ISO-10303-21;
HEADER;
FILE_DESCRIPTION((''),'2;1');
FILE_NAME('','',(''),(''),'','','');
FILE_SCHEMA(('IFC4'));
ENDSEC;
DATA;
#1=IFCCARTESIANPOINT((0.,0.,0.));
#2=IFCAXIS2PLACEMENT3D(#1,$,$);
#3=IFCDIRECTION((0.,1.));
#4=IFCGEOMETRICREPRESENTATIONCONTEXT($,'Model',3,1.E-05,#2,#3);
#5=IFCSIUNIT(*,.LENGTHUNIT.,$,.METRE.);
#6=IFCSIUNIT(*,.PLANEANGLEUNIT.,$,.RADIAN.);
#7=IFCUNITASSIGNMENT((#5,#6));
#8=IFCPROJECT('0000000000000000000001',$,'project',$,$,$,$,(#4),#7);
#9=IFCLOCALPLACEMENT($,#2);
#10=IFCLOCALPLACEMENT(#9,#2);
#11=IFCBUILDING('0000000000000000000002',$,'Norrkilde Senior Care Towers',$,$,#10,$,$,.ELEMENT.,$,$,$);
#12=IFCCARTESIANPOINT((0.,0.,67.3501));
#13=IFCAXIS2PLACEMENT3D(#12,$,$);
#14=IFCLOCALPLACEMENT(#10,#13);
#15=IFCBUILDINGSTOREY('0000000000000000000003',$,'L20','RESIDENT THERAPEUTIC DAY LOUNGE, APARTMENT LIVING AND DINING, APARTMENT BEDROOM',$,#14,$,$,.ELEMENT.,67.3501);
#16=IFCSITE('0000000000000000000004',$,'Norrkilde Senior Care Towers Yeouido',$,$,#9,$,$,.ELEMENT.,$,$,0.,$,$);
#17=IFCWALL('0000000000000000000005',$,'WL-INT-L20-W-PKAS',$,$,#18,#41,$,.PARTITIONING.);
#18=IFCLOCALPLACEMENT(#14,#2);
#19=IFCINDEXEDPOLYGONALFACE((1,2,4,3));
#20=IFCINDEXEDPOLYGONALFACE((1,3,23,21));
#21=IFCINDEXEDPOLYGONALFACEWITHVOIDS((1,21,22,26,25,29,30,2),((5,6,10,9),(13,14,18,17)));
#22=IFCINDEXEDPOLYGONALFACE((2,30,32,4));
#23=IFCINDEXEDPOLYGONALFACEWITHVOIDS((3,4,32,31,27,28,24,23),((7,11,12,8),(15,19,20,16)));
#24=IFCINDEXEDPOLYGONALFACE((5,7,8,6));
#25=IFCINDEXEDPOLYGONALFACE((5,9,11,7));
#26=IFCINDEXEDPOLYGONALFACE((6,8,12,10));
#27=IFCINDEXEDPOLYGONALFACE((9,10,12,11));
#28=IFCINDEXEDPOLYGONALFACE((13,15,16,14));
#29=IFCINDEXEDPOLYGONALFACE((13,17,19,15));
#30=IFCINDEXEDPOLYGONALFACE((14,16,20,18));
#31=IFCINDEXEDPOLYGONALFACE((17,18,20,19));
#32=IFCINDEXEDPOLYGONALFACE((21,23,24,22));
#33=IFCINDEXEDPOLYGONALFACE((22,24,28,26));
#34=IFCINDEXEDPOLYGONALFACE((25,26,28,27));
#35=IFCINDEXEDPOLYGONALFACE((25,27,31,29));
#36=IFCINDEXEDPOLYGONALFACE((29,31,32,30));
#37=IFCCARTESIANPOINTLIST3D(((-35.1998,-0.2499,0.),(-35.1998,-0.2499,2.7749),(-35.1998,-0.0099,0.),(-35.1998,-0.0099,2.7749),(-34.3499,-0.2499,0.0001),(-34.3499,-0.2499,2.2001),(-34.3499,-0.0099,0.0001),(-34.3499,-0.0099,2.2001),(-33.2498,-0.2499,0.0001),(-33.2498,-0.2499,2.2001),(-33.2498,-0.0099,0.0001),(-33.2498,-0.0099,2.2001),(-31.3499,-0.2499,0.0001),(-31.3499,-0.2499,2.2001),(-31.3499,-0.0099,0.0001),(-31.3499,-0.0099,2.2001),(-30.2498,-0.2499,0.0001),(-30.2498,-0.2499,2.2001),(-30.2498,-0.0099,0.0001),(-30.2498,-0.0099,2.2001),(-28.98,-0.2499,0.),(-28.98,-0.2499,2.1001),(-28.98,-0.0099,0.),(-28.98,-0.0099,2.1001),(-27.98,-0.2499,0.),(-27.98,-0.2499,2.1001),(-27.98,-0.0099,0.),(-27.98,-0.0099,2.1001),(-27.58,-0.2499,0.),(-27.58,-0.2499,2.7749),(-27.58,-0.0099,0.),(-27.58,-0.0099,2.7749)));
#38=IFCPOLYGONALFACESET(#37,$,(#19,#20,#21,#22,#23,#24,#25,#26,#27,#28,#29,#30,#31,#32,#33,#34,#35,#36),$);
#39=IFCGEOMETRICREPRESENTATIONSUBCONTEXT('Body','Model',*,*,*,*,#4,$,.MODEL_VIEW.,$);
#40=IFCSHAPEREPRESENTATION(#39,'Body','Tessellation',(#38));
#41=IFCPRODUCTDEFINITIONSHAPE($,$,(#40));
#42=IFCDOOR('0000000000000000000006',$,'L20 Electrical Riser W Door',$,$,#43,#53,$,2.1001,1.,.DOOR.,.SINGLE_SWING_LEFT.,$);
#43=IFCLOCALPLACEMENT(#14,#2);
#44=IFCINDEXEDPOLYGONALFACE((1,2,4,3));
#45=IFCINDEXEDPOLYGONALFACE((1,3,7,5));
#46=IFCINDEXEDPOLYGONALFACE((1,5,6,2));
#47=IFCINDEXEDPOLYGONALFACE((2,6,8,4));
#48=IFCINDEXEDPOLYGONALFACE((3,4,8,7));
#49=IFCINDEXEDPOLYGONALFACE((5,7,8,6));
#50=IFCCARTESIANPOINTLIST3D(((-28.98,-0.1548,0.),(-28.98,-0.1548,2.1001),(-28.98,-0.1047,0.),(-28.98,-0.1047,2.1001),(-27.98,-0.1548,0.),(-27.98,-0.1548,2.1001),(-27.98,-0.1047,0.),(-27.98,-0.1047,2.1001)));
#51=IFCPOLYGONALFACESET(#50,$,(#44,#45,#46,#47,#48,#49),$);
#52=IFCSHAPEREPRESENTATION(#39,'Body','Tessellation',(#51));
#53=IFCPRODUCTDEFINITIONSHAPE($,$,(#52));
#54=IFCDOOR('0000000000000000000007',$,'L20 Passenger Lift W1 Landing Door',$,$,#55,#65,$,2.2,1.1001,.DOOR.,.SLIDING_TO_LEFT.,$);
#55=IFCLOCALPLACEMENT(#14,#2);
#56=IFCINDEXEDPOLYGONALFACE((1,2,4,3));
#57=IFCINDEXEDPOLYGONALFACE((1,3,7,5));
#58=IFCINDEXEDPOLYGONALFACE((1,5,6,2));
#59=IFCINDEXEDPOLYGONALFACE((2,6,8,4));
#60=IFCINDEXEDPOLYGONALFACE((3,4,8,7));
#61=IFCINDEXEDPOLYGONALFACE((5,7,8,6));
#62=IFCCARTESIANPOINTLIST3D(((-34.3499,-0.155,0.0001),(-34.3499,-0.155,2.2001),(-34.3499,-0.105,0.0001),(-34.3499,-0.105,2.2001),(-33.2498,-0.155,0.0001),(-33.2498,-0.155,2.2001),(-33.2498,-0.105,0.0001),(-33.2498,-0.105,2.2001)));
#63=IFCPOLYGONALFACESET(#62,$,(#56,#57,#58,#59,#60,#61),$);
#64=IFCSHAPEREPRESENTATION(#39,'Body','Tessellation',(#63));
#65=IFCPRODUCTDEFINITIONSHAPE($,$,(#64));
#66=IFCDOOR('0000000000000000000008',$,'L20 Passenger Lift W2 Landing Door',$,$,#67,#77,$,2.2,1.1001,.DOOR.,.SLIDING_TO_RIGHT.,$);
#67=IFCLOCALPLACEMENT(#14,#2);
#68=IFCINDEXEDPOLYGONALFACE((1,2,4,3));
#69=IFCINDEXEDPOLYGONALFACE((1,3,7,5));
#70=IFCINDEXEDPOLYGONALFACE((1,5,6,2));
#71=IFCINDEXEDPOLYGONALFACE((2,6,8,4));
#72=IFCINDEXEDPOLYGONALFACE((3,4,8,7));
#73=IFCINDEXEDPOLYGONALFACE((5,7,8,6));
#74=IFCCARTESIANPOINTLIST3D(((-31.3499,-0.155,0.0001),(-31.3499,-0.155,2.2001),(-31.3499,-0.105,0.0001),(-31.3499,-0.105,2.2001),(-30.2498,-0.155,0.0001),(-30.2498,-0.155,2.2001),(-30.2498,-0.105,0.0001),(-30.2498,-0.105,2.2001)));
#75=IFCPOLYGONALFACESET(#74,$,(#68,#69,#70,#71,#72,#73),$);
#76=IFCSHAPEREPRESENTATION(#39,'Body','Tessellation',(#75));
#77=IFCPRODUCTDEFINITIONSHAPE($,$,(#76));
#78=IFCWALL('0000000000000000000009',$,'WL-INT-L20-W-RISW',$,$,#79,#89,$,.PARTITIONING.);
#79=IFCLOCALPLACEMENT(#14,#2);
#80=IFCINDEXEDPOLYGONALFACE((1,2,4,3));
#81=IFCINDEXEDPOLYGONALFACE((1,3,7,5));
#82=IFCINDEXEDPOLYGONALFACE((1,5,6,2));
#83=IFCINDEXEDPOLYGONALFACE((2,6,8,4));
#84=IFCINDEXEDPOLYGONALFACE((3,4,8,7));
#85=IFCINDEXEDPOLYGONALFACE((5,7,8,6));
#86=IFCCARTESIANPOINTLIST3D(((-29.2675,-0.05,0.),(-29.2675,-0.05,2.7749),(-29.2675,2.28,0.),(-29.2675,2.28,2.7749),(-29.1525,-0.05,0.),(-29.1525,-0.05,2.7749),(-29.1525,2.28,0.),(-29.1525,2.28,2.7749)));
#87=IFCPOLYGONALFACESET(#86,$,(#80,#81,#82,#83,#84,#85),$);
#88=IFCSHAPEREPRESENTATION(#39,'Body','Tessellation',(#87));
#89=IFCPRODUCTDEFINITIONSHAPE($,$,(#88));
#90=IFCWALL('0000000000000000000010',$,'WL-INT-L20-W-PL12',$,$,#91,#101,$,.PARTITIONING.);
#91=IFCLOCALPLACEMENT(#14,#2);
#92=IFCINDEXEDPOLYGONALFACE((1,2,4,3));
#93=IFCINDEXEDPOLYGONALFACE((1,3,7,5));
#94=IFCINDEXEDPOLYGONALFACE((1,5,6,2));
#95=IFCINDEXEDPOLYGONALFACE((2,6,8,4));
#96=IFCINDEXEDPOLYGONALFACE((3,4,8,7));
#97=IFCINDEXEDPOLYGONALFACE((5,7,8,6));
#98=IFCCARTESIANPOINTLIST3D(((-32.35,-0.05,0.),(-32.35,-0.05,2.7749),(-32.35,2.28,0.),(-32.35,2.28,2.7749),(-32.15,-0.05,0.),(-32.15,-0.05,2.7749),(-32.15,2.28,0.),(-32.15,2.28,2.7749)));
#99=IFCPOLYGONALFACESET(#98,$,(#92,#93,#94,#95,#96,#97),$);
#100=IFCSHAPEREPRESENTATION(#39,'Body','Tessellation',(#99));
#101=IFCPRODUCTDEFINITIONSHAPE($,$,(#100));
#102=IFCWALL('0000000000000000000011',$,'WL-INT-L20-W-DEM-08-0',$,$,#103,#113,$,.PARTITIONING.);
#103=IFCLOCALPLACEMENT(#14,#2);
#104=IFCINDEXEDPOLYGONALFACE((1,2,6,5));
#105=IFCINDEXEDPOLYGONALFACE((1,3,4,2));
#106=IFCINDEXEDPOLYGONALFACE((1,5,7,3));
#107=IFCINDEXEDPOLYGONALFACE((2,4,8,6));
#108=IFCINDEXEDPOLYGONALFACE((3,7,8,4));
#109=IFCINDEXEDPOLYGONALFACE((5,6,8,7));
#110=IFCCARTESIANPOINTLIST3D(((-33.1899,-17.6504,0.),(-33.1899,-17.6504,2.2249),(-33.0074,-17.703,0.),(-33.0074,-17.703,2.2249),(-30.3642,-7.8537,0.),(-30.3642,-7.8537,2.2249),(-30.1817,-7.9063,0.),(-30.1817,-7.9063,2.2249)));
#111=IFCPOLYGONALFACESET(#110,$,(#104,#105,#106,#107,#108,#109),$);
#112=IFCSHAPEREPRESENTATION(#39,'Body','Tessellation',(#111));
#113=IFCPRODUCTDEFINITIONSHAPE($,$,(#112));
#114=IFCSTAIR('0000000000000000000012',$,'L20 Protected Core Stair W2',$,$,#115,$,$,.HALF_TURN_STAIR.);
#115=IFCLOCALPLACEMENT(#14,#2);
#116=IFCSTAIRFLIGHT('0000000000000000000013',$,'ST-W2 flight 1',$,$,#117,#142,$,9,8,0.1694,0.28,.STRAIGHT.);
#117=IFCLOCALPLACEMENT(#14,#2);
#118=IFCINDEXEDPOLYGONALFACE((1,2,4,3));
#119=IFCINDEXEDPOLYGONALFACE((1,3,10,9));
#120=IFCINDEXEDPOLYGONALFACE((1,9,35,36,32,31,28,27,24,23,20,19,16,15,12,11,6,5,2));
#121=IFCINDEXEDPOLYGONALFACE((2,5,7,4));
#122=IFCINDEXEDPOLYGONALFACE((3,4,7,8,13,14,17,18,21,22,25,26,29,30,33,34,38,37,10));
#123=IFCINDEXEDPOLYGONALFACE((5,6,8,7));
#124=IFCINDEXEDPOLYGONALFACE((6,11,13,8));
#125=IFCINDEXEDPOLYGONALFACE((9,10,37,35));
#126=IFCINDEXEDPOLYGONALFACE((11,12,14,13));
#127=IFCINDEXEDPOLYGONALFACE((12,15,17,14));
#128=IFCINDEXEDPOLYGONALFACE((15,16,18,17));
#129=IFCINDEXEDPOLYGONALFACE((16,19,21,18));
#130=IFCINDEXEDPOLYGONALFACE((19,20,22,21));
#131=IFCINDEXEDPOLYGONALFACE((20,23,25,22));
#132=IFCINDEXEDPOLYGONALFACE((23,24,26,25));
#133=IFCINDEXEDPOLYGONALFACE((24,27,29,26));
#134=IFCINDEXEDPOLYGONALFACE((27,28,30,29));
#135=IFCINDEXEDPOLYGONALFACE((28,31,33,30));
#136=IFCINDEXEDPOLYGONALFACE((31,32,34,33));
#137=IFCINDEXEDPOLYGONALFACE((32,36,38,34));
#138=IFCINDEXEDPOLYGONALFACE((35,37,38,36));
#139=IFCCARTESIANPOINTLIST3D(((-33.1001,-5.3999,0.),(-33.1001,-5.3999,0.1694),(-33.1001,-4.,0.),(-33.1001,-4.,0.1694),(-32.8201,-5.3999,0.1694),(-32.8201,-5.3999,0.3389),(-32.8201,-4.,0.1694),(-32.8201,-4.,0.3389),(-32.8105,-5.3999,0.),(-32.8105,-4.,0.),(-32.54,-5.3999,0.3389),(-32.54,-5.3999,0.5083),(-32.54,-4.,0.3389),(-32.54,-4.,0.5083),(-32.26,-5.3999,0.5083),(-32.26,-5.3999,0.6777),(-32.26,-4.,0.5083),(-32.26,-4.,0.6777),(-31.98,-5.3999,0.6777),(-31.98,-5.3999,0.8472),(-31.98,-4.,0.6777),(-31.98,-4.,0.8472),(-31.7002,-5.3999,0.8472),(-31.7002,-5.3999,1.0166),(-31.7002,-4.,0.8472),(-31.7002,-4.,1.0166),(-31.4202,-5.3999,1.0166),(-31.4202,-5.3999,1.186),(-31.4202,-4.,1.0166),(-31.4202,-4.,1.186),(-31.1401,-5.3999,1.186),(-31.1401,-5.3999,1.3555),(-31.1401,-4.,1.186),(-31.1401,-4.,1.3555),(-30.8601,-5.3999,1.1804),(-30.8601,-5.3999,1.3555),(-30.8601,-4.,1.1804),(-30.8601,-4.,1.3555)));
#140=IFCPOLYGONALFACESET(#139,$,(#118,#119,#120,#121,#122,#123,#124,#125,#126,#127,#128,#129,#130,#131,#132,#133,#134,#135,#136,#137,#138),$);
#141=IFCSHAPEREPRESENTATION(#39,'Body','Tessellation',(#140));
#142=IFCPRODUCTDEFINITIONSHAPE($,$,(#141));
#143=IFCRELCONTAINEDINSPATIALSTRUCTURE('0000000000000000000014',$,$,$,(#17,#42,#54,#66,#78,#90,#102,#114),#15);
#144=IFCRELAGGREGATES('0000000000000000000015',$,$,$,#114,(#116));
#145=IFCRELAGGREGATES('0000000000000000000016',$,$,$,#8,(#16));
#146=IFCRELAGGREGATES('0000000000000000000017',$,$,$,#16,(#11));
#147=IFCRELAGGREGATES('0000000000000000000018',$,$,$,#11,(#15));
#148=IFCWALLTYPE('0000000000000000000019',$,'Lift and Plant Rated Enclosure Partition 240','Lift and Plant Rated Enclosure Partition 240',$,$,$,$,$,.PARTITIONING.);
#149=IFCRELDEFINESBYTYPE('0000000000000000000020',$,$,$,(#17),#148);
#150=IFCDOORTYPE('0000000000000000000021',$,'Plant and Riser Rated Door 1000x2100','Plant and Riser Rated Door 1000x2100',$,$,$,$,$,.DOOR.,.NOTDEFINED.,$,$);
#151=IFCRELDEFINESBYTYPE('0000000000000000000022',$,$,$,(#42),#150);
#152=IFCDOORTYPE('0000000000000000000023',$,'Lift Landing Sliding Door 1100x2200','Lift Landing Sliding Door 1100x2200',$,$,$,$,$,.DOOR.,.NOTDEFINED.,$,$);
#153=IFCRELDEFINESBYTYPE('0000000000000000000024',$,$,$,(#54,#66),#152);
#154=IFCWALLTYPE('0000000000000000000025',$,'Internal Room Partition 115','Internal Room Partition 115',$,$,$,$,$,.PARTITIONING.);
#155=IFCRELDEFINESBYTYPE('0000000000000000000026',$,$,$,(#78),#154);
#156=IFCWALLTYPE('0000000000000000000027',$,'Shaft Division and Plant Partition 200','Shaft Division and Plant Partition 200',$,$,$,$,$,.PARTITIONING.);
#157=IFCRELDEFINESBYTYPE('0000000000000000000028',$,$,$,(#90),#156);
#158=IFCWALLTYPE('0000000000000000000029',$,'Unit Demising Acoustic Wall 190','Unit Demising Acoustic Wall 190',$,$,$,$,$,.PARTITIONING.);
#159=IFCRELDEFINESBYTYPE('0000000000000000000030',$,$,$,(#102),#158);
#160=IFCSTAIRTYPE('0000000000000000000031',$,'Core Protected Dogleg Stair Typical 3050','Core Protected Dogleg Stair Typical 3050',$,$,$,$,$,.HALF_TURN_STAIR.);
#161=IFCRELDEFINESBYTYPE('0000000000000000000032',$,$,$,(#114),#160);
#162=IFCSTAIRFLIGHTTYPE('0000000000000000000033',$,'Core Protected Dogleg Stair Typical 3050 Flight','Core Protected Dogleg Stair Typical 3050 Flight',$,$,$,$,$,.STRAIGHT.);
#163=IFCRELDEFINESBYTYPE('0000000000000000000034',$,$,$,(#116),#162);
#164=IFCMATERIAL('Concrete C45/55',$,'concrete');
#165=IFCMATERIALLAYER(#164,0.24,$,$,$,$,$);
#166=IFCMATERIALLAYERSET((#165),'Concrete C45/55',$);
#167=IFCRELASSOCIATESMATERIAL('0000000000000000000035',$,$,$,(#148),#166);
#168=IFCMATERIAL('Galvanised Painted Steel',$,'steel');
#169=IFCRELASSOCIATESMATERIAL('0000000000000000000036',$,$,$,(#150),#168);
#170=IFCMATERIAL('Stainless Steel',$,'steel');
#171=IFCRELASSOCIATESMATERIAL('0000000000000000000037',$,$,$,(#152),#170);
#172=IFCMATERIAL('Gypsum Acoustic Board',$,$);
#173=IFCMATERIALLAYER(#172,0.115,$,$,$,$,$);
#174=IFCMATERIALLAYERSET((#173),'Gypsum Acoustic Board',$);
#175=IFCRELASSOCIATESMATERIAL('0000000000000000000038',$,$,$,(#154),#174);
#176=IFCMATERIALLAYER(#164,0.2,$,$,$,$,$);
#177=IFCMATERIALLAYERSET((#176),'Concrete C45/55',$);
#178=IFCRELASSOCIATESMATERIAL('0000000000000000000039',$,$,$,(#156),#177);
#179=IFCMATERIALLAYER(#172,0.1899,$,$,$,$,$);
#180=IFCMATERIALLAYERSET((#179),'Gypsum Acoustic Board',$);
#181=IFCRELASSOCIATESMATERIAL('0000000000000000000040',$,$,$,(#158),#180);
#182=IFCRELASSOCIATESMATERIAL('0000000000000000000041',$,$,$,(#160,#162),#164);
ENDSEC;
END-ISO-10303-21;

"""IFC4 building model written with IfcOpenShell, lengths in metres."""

from ifc_helpers import new_model, si_unit, direction, frame, frame_2d, origin, place, context, subcontext, project, spatial, polyline, rectangle, outline, extrude, source, transform, mapped, material, layer, layer_set, type_object, type_shapes, element, fill, aggregate, save


model = new_model("IFC4")

# Units and contexts
model_context = context("Model", 3, precision=1e-05, world=origin(), true_north=direction((0.0, 1.0)))
body_context = subcontext(model_context, "Body", "Model", "MODEL_VIEW")
ifc_project = project(units=[si_unit("LENGTHUNIT", "METRE"), si_unit("PLANEANGLEUNIT", "RADIAN")], contexts=[model_context])

# Site, building, storey
site_placement = place(None, origin())
site = spatial("IfcSite", under=ifc_project, at=site_placement, Name="Norrkilde Senior Care Towers Yeouido", CompositionType="ELEMENT", RefElevation=0.0)
building_placement = place(site_placement, origin())
building = spatial("IfcBuilding", under=site, at=building_placement, Name="Norrkilde Senior Care Towers", CompositionType="ELEMENT")
storey_placement = place(building_placement, frame((0.0, 0.0, 67.3501)))
storey = spatial("IfcBuildingStorey", under=building, at=storey_placement, Name="L20", Description="RESIDENT THERAPEUTIC DAY LOUNGE, APARTMENT LIVING AND DINING, APARTMENT BEDROOM", CompositionType="ELEMENT", Elevation=67.3501)

# Shared definitions
ifc_material_1 = material(Name="Concrete C45/55", Category="concrete")
ifc_material_2 = material(Name="Galvanised Painted Steel", Category="steel")

# Wall, openings, doors
ifc_layer_1 = layer(ifc_material_1, 0.24)
ifc_layer_set_1 = layer_set([ifc_layer_1], Name="Concrete C45/55")
wall_type_1 = type_object("IfcWallType", Name="Lift and Plant Rated Enclosure Partition 240", Description="Lift and Plant Rated Enclosure Partition 240", PredefinedType="PARTITIONING", material=ifc_layer_set_1)
shared_shape_1 = source(origin(), body_context, "Body", "SweptSolid", [
    extrude(rectangle(XDim=7.6199, YDim=0.24, at=frame_2d((3.8101, 0.0))), origin(), (0.0, 0.0, 1.0), 2.7749),
])
type_shapes(wall_type_1, [shared_shape_1])
wall_1_placement = place(storey_placement, frame((-35.2, -0.1299, 0.0), z_axis=(0.0, 0.0, 1.0), x_axis=(1.0, 0.0, 0.0)))
wall_1 = element("IfcWall", 1, at=wall_1_placement, inside=storey, type_object=wall_type_1, Name="WL-INT-L20-W-PKAS", PredefinedType="PARTITIONING", context=body_context, shape_type="MappedRepresentation", body=[
    mapped(shared_shape_1, transform((0.0, 0.0, 0.0), x_axis=(1.0, 0.0, 0.0), y_axis=(0.0, 1.0, 0.0), z_axis=(0.0, 0.0, 1.0), scale=1.0)),
])
opening_1_placement = place(wall_1_placement, frame((6.22, 0.0, 0.0)))
opening_1 = element("IfcOpeningElement", 2, at=opening_1_placement, cuts=wall_1, PredefinedType="OPENING", context=body_context, shape_type="SweptSolid", body=[
    extrude(rectangle(XDim=1.0, YDim=2.1001, at=frame_2d((0.5, 1.05))), frame((0.0, 0.1299, 0.0), z_axis=(0.0, -1.0, 0.0), x_axis=(1.0, 0.0, 0.0)), (0.0, 0.0, 1.0), 0.26),
])
opening_2_placement = place(wall_1_placement, frame((0.8501, 0.0, 0.0)))
opening_2 = element("IfcOpeningElement", 3, at=opening_2_placement, cuts=wall_1, PredefinedType="OPENING", context=body_context, shape_type="SweptSolid", body=[
    extrude(rectangle(XDim=1.1001, YDim=2.2, at=frame_2d((0.55, 1.1001))), frame((0.0, 0.1299, 0.0), z_axis=(0.0, -1.0, 0.0), x_axis=(1.0, 0.0, 0.0)), (0.0, 0.0, 1.0), 0.26),
])
opening_3_placement = place(wall_1_placement, frame((3.8501, 0.0, 0.0)))
opening_3 = element("IfcOpeningElement", 4, at=opening_3_placement, cuts=wall_1, PredefinedType="OPENING", context=body_context, shape_type="SweptSolid", body=[
    extrude(rectangle(XDim=1.1001, YDim=2.2, at=frame_2d((0.55, 1.1001))), frame((0.0, 0.1299, 0.0), z_axis=(0.0, -1.0, 0.0), x_axis=(1.0, 0.0, 0.0)), (0.0, 0.0, 1.0), 0.26),
])
door_type_1 = type_object("IfcDoorType", Name="Plant and Riser Rated Door 1000x2100", Description="Plant and Riser Rated Door 1000x2100", OperationType="NOTDEFINED", PredefinedType="DOOR", material=ifc_material_2)
shared_shape_2 = source(origin(), body_context, "Body", "SweptSolid", [
    extrude(rectangle(XDim=1.0, YDim=2.1001, at=frame_2d((0.5, 1.05))), frame((0.0, 0.0249, 0.0), z_axis=(0.0, -1.0, 0.0), x_axis=(1.0, 0.0, 0.0)), (0.0, 0.0, 1.0), 0.05),
])
type_shapes(door_type_1, [shared_shape_2])
door_1_placement = place(opening_1_placement, frame((1.0, 0.0, 0.0), z_axis=(0.0, 0.0, 1.0), x_axis=(-1.0, 0.0, 0.0)))
door_1 = element("IfcDoor", 5, at=door_1_placement, inside=storey, type_object=door_type_1, Name="L20 Electrical Riser W Door", OperationType="SINGLE_SWING_LEFT", OverallHeight=2.1001, OverallWidth=1.0, PredefinedType="DOOR", context=body_context, shape_type="MappedRepresentation", body=[
    mapped(shared_shape_2, transform((0.0, 0.0, 0.0), x_axis=(1.0, 0.0, 0.0), y_axis=(0.0, 1.0, 0.0), z_axis=(0.0, 0.0, 1.0), scale=1.0)),
])
fill(opening_1, door_1)
ifc_material_3 = material(Name="Stainless Steel", Category="steel")
door_type_2 = type_object("IfcDoorType", Name="Lift Landing Sliding Door 1100x2200", Description="Lift Landing Sliding Door 1100x2200", OperationType="NOTDEFINED", PredefinedType="DOOR", material=ifc_material_3)
shared_shape_3 = source(origin(), body_context, "Body", "SweptSolid", [
    extrude(rectangle(XDim=1.1001, YDim=2.2, at=frame_2d((0.55, 1.1001))), frame((0.0, 0.0249, 0.0), z_axis=(0.0, -1.0, 0.0), x_axis=(1.0, 0.0, 0.0)), (0.0, 0.0, 1.0), 0.05),
])
type_shapes(door_type_2, [shared_shape_3])
door_2_placement = place(opening_2_placement, origin())
door_2 = element("IfcDoor", 6, at=door_2_placement, inside=storey, type_object=door_type_2, Name="L20 Passenger Lift W1 Landing Door", OperationType="SLIDING_TO_LEFT", OverallHeight=2.2, OverallWidth=1.1001, PredefinedType="DOOR", context=body_context, shape_type="MappedRepresentation", body=[
    mapped(shared_shape_3, transform((0.0, 0.0, 0.0), x_axis=(1.0, 0.0, 0.0), y_axis=(0.0, 1.0, 0.0), z_axis=(0.0, 0.0, 1.0), scale=1.0)),
])
fill(opening_2, door_2)
door_3_placement = place(opening_3_placement, origin())
door_3 = element("IfcDoor", 7, at=door_3_placement, inside=storey, type_object=door_type_2, Name="L20 Passenger Lift W2 Landing Door", OperationType="SLIDING_TO_RIGHT", OverallHeight=2.2, OverallWidth=1.1001, PredefinedType="DOOR", context=body_context, shape_type="MappedRepresentation", body=[
    mapped(shared_shape_3, transform((0.0, 0.0, 0.0), x_axis=(1.0, 0.0, 0.0), y_axis=(0.0, 1.0, 0.0), z_axis=(0.0, 0.0, 1.0), scale=1.0)),
])
fill(opening_3, door_3)

# Walls
ifc_material_4 = material(Name="Gypsum Acoustic Board")
ifc_layer_2 = layer(ifc_material_4, 0.115)
ifc_layer_set_2 = layer_set([ifc_layer_2], Name="Gypsum Acoustic Board")
wall_type_2 = type_object("IfcWallType", Name="Internal Room Partition 115", Description="Internal Room Partition 115", PredefinedType="PARTITIONING", material=ifc_layer_set_2)
shared_shape_4 = source(origin(), body_context, "Body", "SweptSolid", [
    extrude(rectangle(XDim=2.3301, YDim=0.115, at=frame_2d((1.165, 0.0))), origin(), (0.0, 0.0, 1.0), 2.7749),
])
type_shapes(wall_type_2, [shared_shape_4])
wall_2_placement = place(storey_placement, frame((-29.21, -0.05, 0.0), z_axis=(0.0, 0.0, 1.0), x_axis=(0.0, 1.0, 0.0)))
element("IfcWall", 8, at=wall_2_placement, inside=storey, type_object=wall_type_2, Name="WL-INT-L20-W-RISW", PredefinedType="PARTITIONING", context=body_context, shape_type="MappedRepresentation", body=[
    mapped(shared_shape_4, transform((0.0, 0.0, 0.0), x_axis=(1.0, 0.0, 0.0), y_axis=(0.0, 1.0, 0.0), z_axis=(0.0, 0.0, 1.0), scale=1.0)),
])
ifc_layer_3 = layer(ifc_material_1, 0.2)
ifc_layer_set_3 = layer_set([ifc_layer_3], Name="Concrete C45/55")
wall_type_3 = type_object("IfcWallType", Name="Shaft Division and Plant Partition 200", Description="Shaft Division and Plant Partition 200", PredefinedType="PARTITIONING", material=ifc_layer_set_3)
shared_shape_5 = source(origin(), body_context, "Body", "SweptSolid", [
    extrude(rectangle(XDim=2.3301, YDim=0.2, at=frame_2d((1.165, 0.0))), origin(), (0.0, 0.0, 1.0), 2.7749),
])
type_shapes(wall_type_3, [shared_shape_5])
wall_3_placement = place(storey_placement, frame((-32.25, -0.05, 0.0), z_axis=(0.0, 0.0, 1.0), x_axis=(0.0, 1.0, 0.0)))
element("IfcWall", 9, at=wall_3_placement, inside=storey, type_object=wall_type_3, Name="WL-INT-L20-W-PL12", PredefinedType="PARTITIONING", context=body_context, shape_type="MappedRepresentation", body=[
    mapped(shared_shape_5, transform((0.0, 0.0, 0.0), x_axis=(1.0, 0.0, 0.0), y_axis=(0.0, 1.0, 0.0), z_axis=(0.0, 0.0, 1.0), scale=1.0)),
])
ifc_layer_4 = layer(ifc_material_4, 0.1899)
ifc_layer_set_4 = layer_set([ifc_layer_4], Name="Gypsum Acoustic Board")
wall_type_4 = type_object("IfcWallType", Name="Unit Demising Acoustic Wall 190", Description="Unit Demising Acoustic Wall 190", PredefinedType="PARTITIONING", material=ifc_layer_set_4)
shared_shape_6 = source(origin(), body_context, "Body", "SweptSolid", [
    extrude(rectangle(XDim=10.196, YDim=0.1899, at=frame_2d((5.0981, 0.0))), origin(), (0.0, 0.0, 1.0), 2.2249),
])
type_shapes(wall_type_4, [shared_shape_6])
wall_4_placement = place(storey_placement, frame((-30.2729, -7.8799, 0.0), z_axis=(0.0, 0.0, 1.0), x_axis=(-0.277136, -0.960831, 0.0)))
element("IfcWall", 10, at=wall_4_placement, inside=storey, type_object=wall_type_4, Name="WL-INT-L20-W-DEM-08-0", PredefinedType="PARTITIONING", context=body_context, shape_type="MappedRepresentation", body=[
    mapped(shared_shape_6, transform((0.0, 0.0, 0.0), x_axis=(1.0, 0.0, 0.0), y_axis=(0.0, 1.0, 0.0), z_axis=(0.0, 0.0, 1.0), scale=1.0)),
])

# Stair, stair flight
stair_type = type_object("IfcStairType", Name="Core Protected Dogleg Stair Typical 3050", Description="Core Protected Dogleg Stair Typical 3050", PredefinedType="HALF_TURN_STAIR", material=ifc_material_1)
stair_placement = place(storey_placement, origin())
stair = element("IfcStair", 11, at=stair_placement, inside=storey, type_object=stair_type, Name="L20 Protected Core Stair W2", PredefinedType="HALF_TURN_STAIR")
stair_flight_type = type_object("IfcStairFlightType", Name="Core Protected Dogleg Stair Typical 3050 Flight", Description="Core Protected Dogleg Stair Typical 3050 Flight", PredefinedType="STRAIGHT", material=ifc_material_1)
stair_flight_1_placement = place(storey_placement, frame((-33.1001, -4.7, 0.0), z_axis=(0.0, 0.0, 1.0), x_axis=(1.0, 0.0, 0.0)))
stair_flight_1 = element("IfcStairFlight", 12, at=stair_flight_1_placement, type_object=stair_flight_type, Name="ST-W2 flight 1", NumberOfRisers=9, NumberOfTreads=8, PredefinedType="STRAIGHT", RiserHeight=0.1694, TreadLength=0.28, context=body_context, shape_type="SweptSolid", body=[
    extrude(outline(polyline([(0.0, 0.0), (0.0, 0.1694), (0.28, 0.1694), (0.28, 0.3389), (0.5601, 0.3389), (0.5601, 0.5083), (0.8401, 0.5083), (0.8401, 0.6777), (1.1201, 0.6777), (1.1201, 0.8472), (1.3999, 0.8472), (1.3999, 1.0166), (1.6799, 1.0166), (1.6799, 1.186), (1.96, 1.186), (1.96, 1.3555), (2.24, 1.3555), (2.24, 1.5249), (2.24, 1.1804), (0.2896, 0.0), (0.0, 0.0)])), frame((0.0, 0.7, 0.0), z_axis=(0.0, -1.0, 0.0), x_axis=(1.0, 0.0, 0.0)), (0.0, 0.0, 1.0), 1.3999),
])
aggregate(stair, [stair_flight_1])

save(model, "model.ifc")
